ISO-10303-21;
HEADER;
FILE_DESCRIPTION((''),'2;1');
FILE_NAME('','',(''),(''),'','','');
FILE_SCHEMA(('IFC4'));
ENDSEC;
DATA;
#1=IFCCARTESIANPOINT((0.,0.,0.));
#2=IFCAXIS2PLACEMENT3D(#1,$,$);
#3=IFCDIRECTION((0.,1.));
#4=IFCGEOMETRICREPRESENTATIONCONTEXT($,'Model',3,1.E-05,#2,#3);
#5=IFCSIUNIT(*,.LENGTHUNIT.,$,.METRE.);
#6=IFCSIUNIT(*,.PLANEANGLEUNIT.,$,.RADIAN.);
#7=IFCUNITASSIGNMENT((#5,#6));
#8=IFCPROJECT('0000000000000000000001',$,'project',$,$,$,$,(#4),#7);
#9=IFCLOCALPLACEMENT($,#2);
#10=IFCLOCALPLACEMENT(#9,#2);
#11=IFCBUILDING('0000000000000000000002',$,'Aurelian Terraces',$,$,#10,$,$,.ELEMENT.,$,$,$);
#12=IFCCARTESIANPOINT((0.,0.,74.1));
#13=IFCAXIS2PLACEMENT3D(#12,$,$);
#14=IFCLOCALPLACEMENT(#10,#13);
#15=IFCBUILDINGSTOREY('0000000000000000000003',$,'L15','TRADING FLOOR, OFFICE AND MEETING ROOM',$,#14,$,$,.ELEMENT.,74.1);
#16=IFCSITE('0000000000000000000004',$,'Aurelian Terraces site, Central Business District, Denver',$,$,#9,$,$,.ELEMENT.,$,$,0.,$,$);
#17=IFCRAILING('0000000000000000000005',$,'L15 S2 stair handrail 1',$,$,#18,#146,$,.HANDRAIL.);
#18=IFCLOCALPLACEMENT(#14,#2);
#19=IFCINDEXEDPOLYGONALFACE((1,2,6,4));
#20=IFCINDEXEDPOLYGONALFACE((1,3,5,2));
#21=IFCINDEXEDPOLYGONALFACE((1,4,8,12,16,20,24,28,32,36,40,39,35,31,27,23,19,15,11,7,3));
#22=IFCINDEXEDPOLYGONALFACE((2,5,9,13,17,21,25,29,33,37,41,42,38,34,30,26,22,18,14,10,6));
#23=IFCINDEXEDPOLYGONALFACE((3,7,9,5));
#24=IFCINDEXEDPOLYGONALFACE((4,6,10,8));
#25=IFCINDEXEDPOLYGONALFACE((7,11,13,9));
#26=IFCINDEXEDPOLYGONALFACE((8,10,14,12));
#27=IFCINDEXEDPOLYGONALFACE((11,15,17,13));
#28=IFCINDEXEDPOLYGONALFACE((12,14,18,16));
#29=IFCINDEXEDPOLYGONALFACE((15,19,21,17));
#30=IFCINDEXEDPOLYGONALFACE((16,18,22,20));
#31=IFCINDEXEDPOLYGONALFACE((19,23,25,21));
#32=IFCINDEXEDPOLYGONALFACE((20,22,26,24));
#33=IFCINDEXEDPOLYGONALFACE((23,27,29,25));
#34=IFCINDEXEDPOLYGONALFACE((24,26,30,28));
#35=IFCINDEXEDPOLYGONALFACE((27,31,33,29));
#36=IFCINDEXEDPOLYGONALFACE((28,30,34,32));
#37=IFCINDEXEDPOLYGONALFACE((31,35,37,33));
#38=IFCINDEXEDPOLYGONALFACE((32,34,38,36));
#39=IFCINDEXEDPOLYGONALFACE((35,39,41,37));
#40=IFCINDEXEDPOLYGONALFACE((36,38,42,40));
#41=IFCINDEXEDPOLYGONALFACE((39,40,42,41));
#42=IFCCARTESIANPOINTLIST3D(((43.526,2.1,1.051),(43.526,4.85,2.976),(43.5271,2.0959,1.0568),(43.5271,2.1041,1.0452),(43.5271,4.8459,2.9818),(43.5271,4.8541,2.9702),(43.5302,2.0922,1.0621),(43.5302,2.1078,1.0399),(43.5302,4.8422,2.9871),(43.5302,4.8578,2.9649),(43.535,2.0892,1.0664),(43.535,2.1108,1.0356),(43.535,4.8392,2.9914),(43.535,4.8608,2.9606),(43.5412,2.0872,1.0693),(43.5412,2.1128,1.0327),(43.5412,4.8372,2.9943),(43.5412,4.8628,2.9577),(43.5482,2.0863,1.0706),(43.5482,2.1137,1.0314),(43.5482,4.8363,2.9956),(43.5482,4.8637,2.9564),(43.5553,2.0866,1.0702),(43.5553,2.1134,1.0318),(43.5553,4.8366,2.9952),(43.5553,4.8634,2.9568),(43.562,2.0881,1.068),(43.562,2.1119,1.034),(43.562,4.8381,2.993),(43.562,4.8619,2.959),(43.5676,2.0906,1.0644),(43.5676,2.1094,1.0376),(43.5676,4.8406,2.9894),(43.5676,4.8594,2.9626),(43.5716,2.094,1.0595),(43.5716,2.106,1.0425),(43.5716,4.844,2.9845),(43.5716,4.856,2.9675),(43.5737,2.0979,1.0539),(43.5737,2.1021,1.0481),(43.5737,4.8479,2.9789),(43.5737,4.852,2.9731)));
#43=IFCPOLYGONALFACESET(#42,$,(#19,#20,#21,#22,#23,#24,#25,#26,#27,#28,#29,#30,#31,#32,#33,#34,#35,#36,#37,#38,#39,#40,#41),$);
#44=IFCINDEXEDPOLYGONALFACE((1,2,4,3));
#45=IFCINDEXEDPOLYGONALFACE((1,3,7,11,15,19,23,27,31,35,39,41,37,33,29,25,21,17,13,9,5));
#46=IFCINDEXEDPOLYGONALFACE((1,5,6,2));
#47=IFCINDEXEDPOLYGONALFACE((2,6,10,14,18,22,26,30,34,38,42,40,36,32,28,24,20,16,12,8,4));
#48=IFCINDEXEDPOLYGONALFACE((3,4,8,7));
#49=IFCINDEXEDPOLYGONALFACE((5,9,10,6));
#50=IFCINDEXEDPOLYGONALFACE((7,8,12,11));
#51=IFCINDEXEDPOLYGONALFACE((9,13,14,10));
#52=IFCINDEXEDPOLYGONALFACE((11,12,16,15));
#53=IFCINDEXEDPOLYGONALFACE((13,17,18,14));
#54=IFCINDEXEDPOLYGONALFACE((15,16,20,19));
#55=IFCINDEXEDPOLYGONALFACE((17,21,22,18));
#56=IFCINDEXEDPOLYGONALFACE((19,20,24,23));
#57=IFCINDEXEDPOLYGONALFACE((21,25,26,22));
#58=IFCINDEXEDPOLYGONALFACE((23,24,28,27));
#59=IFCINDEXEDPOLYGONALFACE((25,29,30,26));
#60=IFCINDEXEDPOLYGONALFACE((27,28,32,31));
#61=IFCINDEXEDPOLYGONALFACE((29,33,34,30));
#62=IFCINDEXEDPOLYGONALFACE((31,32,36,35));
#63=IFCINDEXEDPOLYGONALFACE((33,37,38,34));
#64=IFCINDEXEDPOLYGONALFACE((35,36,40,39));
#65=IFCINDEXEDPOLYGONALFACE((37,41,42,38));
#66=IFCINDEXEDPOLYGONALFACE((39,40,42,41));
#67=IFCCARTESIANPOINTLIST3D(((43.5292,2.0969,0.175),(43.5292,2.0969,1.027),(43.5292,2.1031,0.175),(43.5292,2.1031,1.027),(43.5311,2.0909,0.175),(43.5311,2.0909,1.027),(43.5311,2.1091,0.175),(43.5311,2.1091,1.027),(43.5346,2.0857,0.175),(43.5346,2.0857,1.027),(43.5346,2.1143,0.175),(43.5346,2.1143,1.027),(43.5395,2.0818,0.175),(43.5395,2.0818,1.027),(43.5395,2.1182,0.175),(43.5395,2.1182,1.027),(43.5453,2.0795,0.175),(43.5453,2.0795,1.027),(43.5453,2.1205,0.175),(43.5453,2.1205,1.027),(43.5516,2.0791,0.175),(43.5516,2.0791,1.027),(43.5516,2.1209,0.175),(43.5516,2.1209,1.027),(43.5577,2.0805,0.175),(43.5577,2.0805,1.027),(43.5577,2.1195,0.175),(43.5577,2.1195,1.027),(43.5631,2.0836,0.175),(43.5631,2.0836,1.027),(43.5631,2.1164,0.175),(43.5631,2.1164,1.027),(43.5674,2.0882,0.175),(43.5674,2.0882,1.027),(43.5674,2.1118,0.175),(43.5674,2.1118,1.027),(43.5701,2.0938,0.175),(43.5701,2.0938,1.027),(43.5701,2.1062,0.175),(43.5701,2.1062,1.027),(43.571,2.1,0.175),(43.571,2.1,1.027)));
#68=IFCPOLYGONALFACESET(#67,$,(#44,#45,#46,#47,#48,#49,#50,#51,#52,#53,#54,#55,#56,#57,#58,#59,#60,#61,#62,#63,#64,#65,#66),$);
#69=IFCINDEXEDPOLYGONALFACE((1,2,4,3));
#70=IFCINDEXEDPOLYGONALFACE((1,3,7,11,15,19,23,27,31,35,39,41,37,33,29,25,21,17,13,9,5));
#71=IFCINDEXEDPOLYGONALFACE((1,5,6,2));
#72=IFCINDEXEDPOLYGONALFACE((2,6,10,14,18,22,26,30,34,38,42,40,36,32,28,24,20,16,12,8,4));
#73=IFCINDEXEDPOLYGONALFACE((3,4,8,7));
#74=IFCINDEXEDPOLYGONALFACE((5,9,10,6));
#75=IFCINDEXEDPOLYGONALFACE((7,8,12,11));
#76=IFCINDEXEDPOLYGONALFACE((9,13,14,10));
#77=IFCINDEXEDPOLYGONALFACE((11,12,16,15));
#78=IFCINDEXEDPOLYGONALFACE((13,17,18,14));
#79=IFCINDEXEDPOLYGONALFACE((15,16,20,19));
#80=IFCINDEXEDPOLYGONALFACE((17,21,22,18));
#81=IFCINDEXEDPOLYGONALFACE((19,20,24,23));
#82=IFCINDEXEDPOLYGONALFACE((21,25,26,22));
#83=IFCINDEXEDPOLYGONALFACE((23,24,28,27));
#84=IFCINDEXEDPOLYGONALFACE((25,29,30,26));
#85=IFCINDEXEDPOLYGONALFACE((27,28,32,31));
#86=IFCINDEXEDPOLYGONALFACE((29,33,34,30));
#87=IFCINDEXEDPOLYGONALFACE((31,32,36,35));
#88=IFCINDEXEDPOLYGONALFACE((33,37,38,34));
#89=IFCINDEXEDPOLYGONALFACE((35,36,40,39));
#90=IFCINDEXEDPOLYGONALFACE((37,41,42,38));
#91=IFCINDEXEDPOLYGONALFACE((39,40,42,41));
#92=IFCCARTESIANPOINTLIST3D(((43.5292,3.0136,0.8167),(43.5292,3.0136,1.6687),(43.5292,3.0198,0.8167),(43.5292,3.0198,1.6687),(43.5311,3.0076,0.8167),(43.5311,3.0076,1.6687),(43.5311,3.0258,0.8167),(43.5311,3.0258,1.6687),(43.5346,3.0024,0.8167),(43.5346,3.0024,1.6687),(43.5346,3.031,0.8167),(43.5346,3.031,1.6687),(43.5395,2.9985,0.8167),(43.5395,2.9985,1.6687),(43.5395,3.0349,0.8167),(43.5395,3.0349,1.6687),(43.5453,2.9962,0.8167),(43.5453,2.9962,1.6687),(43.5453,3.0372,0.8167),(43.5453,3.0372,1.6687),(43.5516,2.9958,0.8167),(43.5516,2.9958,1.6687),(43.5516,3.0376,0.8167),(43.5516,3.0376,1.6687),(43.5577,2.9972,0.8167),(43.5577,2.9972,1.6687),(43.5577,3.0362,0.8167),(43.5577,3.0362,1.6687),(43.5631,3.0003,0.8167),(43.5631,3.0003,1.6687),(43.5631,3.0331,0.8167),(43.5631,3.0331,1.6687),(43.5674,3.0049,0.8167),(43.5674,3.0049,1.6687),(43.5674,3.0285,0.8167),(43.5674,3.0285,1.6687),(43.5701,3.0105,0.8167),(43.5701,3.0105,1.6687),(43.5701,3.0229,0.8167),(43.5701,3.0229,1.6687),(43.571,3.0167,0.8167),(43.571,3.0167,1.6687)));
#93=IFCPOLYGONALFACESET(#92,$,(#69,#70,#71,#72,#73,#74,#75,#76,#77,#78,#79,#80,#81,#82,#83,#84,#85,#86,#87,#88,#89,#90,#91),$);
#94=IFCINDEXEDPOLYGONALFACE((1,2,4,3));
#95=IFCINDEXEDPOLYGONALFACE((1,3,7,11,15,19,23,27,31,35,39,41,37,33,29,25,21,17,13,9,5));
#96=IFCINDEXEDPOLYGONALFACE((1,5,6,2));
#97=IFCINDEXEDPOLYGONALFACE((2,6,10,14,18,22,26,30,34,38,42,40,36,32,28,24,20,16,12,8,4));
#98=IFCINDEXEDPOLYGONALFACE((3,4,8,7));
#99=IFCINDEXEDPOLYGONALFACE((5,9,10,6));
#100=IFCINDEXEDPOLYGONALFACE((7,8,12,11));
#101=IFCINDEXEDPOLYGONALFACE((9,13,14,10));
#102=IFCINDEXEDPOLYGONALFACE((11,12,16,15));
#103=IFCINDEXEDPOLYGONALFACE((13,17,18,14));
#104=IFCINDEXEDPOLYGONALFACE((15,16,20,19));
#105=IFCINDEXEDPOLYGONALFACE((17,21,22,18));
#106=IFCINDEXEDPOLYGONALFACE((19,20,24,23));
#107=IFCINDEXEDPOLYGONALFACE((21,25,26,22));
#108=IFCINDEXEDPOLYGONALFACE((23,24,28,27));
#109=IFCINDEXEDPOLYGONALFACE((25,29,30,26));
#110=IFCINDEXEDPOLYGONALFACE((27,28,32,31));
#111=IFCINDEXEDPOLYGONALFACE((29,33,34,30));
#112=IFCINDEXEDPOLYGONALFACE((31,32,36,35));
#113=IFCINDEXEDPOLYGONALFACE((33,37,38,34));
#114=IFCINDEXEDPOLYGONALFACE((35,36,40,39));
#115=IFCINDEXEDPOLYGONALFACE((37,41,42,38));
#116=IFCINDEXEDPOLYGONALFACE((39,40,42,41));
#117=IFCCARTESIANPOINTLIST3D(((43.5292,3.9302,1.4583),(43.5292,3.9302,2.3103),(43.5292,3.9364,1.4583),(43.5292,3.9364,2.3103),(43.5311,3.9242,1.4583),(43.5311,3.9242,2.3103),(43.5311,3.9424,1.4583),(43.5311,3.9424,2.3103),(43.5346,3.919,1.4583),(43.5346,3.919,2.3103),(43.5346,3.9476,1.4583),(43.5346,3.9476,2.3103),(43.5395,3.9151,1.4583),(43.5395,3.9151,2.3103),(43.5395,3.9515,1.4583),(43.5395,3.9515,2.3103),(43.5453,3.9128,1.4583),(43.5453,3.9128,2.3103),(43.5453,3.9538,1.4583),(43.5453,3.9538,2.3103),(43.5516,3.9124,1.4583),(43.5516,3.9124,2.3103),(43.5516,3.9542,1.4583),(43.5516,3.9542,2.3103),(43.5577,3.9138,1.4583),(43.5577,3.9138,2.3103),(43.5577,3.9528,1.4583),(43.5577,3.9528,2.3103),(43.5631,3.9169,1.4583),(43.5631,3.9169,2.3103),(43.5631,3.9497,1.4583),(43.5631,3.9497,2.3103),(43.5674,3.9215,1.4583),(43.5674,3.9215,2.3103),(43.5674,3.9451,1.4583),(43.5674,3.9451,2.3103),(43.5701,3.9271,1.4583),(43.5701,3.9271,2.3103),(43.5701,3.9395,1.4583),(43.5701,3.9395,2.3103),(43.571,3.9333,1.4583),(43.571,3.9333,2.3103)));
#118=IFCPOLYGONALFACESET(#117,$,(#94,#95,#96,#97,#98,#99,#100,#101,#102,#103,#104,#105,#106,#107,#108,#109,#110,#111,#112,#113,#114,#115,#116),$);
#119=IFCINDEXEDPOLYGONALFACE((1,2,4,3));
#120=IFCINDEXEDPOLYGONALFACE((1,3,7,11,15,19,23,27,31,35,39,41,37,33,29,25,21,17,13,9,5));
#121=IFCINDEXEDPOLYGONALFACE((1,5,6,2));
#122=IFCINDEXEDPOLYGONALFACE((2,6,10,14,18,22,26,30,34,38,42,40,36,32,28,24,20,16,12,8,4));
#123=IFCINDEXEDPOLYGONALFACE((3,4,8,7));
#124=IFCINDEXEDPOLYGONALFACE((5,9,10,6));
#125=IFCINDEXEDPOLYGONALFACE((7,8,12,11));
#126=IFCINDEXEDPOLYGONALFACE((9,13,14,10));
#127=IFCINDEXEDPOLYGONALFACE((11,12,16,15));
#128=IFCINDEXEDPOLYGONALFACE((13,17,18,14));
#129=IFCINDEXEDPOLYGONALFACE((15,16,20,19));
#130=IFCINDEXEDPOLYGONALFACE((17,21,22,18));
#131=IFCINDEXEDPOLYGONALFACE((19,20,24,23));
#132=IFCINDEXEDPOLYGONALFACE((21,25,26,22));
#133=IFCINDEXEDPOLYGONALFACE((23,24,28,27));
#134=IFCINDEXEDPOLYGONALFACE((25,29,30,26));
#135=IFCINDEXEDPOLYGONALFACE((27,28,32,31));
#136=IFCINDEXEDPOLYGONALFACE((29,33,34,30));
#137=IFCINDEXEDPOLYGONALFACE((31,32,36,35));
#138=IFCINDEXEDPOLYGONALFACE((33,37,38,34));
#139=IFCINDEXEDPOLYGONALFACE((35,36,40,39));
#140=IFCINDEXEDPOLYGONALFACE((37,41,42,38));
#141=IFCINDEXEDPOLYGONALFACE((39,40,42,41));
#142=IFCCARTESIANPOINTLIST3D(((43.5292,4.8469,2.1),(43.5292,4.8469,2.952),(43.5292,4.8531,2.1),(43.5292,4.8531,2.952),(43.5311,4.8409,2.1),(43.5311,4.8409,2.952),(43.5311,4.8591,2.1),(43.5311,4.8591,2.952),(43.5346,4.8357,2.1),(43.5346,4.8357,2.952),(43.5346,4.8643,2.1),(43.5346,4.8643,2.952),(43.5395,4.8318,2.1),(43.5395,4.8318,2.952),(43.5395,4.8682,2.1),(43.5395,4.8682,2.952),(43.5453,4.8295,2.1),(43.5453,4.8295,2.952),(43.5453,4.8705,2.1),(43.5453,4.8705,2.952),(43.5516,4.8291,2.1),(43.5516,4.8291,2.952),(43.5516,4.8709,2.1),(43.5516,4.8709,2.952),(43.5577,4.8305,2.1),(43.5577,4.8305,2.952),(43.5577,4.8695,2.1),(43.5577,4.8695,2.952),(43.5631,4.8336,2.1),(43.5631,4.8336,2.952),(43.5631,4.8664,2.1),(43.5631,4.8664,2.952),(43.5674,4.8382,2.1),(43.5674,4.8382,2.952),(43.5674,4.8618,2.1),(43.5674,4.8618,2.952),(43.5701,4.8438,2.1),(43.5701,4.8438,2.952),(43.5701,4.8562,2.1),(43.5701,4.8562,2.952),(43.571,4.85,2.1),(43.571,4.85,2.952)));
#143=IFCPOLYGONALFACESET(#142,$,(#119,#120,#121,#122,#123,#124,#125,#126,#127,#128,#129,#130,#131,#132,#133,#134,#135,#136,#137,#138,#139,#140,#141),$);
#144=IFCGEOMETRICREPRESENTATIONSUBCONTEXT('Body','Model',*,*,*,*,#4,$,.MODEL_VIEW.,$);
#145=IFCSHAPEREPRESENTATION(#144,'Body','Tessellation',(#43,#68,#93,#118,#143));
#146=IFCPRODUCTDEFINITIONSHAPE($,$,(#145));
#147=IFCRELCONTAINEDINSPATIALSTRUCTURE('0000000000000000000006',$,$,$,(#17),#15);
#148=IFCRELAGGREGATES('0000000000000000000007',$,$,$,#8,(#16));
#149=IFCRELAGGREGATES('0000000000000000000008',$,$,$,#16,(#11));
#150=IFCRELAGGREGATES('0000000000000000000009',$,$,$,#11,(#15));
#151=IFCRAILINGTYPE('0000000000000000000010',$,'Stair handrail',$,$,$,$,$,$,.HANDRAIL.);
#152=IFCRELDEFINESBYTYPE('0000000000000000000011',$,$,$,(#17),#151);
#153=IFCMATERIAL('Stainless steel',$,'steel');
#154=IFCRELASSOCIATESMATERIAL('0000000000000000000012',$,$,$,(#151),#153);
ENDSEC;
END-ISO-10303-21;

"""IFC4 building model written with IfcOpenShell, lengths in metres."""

from ifc_helpers import new_model, si_unit, direction, frame, origin, origin_2d, place, context, subcontext, project, spatial, circle, extrude, source, transform, mapped, material, type_object, element, save


model = new_model("IFC4")

# Units and contexts
model_context = context("Model", 3, precision=1e-05, world=origin(), true_north=direction((0.0, 1.0)))
body_context = subcontext(model_context, "Body", "Model", "MODEL_VIEW")
ifc_project = project(units=[si_unit("LENGTHUNIT", "METRE"), si_unit("PLANEANGLEUNIT", "RADIAN")], contexts=[model_context])

# Site, building, storey
site_placement = place(None, origin())
site = spatial("IfcSite", under=ifc_project, at=site_placement, Name="Aurelian Terraces site, Central Business District, Denver", CompositionType="ELEMENT", RefElevation=0.0)
building_placement = place(site_placement, origin())
building = spatial("IfcBuilding", under=site, at=building_placement, Name="Aurelian Terraces", CompositionType="ELEMENT")
storey_placement = place(building_placement, frame((0.0, 0.0, 74.1)))
storey = spatial("IfcBuildingStorey", under=building, at=storey_placement, Name="L15", Description="TRADING FLOOR, OFFICE AND MEETING ROOM", CompositionType="ELEMENT", Elevation=74.1)

# Railing
ifc_material_1 = material(Name="Stainless steel", Category="steel")
railing_type_1 = type_object("IfcRailingType", Name="Stair handrail", PredefinedType="HANDRAIL", material=ifc_material_1)
shared_shape_1 = source(origin(), body_context, "Body", "SweptSolid", [
    extrude(circle(Radius=0.024, at=origin_2d()), frame((0.0, 0.0, 0.876), z_axis=(0.0, 0.819232, 0.573462), x_axis=(-1.0, 0.0, 0.0)), (0.0, 0.0, 1.0), 3.3568),
    extrude(circle(Radius=0.021, at=origin_2d()), origin(), (0.0, 0.0, 1.0), 0.852),
    extrude(circle(Radius=0.021, at=origin_2d()), frame((0.0, 0.9167, 0.6417)), (0.0, 0.0, 1.0), 0.852),
    extrude(circle(Radius=0.021, at=origin_2d()), frame((0.0, 1.8333, 1.2833)), (0.0, 0.0, 1.0), 0.852),
    extrude(circle(Radius=0.021, at=origin_2d()), frame((0.0, 2.75, 1.925)), (0.0, 0.0, 1.0), 0.852),
])
railing_1_placement = place(storey_placement, frame((43.55, 2.1, 0.175)))
element("IfcRailing", 1, at=railing_1_placement, inside=storey, type_object=railing_type_1, Name="L15 S2 stair handrail 1", PredefinedType="HANDRAIL", context=body_context, shape_type="MappedRepresentation", body=[
    mapped(shared_shape_1, transform((0.0, 0.0, 0.0), scale=1.0)),
])

save(model, "model.ifc")
